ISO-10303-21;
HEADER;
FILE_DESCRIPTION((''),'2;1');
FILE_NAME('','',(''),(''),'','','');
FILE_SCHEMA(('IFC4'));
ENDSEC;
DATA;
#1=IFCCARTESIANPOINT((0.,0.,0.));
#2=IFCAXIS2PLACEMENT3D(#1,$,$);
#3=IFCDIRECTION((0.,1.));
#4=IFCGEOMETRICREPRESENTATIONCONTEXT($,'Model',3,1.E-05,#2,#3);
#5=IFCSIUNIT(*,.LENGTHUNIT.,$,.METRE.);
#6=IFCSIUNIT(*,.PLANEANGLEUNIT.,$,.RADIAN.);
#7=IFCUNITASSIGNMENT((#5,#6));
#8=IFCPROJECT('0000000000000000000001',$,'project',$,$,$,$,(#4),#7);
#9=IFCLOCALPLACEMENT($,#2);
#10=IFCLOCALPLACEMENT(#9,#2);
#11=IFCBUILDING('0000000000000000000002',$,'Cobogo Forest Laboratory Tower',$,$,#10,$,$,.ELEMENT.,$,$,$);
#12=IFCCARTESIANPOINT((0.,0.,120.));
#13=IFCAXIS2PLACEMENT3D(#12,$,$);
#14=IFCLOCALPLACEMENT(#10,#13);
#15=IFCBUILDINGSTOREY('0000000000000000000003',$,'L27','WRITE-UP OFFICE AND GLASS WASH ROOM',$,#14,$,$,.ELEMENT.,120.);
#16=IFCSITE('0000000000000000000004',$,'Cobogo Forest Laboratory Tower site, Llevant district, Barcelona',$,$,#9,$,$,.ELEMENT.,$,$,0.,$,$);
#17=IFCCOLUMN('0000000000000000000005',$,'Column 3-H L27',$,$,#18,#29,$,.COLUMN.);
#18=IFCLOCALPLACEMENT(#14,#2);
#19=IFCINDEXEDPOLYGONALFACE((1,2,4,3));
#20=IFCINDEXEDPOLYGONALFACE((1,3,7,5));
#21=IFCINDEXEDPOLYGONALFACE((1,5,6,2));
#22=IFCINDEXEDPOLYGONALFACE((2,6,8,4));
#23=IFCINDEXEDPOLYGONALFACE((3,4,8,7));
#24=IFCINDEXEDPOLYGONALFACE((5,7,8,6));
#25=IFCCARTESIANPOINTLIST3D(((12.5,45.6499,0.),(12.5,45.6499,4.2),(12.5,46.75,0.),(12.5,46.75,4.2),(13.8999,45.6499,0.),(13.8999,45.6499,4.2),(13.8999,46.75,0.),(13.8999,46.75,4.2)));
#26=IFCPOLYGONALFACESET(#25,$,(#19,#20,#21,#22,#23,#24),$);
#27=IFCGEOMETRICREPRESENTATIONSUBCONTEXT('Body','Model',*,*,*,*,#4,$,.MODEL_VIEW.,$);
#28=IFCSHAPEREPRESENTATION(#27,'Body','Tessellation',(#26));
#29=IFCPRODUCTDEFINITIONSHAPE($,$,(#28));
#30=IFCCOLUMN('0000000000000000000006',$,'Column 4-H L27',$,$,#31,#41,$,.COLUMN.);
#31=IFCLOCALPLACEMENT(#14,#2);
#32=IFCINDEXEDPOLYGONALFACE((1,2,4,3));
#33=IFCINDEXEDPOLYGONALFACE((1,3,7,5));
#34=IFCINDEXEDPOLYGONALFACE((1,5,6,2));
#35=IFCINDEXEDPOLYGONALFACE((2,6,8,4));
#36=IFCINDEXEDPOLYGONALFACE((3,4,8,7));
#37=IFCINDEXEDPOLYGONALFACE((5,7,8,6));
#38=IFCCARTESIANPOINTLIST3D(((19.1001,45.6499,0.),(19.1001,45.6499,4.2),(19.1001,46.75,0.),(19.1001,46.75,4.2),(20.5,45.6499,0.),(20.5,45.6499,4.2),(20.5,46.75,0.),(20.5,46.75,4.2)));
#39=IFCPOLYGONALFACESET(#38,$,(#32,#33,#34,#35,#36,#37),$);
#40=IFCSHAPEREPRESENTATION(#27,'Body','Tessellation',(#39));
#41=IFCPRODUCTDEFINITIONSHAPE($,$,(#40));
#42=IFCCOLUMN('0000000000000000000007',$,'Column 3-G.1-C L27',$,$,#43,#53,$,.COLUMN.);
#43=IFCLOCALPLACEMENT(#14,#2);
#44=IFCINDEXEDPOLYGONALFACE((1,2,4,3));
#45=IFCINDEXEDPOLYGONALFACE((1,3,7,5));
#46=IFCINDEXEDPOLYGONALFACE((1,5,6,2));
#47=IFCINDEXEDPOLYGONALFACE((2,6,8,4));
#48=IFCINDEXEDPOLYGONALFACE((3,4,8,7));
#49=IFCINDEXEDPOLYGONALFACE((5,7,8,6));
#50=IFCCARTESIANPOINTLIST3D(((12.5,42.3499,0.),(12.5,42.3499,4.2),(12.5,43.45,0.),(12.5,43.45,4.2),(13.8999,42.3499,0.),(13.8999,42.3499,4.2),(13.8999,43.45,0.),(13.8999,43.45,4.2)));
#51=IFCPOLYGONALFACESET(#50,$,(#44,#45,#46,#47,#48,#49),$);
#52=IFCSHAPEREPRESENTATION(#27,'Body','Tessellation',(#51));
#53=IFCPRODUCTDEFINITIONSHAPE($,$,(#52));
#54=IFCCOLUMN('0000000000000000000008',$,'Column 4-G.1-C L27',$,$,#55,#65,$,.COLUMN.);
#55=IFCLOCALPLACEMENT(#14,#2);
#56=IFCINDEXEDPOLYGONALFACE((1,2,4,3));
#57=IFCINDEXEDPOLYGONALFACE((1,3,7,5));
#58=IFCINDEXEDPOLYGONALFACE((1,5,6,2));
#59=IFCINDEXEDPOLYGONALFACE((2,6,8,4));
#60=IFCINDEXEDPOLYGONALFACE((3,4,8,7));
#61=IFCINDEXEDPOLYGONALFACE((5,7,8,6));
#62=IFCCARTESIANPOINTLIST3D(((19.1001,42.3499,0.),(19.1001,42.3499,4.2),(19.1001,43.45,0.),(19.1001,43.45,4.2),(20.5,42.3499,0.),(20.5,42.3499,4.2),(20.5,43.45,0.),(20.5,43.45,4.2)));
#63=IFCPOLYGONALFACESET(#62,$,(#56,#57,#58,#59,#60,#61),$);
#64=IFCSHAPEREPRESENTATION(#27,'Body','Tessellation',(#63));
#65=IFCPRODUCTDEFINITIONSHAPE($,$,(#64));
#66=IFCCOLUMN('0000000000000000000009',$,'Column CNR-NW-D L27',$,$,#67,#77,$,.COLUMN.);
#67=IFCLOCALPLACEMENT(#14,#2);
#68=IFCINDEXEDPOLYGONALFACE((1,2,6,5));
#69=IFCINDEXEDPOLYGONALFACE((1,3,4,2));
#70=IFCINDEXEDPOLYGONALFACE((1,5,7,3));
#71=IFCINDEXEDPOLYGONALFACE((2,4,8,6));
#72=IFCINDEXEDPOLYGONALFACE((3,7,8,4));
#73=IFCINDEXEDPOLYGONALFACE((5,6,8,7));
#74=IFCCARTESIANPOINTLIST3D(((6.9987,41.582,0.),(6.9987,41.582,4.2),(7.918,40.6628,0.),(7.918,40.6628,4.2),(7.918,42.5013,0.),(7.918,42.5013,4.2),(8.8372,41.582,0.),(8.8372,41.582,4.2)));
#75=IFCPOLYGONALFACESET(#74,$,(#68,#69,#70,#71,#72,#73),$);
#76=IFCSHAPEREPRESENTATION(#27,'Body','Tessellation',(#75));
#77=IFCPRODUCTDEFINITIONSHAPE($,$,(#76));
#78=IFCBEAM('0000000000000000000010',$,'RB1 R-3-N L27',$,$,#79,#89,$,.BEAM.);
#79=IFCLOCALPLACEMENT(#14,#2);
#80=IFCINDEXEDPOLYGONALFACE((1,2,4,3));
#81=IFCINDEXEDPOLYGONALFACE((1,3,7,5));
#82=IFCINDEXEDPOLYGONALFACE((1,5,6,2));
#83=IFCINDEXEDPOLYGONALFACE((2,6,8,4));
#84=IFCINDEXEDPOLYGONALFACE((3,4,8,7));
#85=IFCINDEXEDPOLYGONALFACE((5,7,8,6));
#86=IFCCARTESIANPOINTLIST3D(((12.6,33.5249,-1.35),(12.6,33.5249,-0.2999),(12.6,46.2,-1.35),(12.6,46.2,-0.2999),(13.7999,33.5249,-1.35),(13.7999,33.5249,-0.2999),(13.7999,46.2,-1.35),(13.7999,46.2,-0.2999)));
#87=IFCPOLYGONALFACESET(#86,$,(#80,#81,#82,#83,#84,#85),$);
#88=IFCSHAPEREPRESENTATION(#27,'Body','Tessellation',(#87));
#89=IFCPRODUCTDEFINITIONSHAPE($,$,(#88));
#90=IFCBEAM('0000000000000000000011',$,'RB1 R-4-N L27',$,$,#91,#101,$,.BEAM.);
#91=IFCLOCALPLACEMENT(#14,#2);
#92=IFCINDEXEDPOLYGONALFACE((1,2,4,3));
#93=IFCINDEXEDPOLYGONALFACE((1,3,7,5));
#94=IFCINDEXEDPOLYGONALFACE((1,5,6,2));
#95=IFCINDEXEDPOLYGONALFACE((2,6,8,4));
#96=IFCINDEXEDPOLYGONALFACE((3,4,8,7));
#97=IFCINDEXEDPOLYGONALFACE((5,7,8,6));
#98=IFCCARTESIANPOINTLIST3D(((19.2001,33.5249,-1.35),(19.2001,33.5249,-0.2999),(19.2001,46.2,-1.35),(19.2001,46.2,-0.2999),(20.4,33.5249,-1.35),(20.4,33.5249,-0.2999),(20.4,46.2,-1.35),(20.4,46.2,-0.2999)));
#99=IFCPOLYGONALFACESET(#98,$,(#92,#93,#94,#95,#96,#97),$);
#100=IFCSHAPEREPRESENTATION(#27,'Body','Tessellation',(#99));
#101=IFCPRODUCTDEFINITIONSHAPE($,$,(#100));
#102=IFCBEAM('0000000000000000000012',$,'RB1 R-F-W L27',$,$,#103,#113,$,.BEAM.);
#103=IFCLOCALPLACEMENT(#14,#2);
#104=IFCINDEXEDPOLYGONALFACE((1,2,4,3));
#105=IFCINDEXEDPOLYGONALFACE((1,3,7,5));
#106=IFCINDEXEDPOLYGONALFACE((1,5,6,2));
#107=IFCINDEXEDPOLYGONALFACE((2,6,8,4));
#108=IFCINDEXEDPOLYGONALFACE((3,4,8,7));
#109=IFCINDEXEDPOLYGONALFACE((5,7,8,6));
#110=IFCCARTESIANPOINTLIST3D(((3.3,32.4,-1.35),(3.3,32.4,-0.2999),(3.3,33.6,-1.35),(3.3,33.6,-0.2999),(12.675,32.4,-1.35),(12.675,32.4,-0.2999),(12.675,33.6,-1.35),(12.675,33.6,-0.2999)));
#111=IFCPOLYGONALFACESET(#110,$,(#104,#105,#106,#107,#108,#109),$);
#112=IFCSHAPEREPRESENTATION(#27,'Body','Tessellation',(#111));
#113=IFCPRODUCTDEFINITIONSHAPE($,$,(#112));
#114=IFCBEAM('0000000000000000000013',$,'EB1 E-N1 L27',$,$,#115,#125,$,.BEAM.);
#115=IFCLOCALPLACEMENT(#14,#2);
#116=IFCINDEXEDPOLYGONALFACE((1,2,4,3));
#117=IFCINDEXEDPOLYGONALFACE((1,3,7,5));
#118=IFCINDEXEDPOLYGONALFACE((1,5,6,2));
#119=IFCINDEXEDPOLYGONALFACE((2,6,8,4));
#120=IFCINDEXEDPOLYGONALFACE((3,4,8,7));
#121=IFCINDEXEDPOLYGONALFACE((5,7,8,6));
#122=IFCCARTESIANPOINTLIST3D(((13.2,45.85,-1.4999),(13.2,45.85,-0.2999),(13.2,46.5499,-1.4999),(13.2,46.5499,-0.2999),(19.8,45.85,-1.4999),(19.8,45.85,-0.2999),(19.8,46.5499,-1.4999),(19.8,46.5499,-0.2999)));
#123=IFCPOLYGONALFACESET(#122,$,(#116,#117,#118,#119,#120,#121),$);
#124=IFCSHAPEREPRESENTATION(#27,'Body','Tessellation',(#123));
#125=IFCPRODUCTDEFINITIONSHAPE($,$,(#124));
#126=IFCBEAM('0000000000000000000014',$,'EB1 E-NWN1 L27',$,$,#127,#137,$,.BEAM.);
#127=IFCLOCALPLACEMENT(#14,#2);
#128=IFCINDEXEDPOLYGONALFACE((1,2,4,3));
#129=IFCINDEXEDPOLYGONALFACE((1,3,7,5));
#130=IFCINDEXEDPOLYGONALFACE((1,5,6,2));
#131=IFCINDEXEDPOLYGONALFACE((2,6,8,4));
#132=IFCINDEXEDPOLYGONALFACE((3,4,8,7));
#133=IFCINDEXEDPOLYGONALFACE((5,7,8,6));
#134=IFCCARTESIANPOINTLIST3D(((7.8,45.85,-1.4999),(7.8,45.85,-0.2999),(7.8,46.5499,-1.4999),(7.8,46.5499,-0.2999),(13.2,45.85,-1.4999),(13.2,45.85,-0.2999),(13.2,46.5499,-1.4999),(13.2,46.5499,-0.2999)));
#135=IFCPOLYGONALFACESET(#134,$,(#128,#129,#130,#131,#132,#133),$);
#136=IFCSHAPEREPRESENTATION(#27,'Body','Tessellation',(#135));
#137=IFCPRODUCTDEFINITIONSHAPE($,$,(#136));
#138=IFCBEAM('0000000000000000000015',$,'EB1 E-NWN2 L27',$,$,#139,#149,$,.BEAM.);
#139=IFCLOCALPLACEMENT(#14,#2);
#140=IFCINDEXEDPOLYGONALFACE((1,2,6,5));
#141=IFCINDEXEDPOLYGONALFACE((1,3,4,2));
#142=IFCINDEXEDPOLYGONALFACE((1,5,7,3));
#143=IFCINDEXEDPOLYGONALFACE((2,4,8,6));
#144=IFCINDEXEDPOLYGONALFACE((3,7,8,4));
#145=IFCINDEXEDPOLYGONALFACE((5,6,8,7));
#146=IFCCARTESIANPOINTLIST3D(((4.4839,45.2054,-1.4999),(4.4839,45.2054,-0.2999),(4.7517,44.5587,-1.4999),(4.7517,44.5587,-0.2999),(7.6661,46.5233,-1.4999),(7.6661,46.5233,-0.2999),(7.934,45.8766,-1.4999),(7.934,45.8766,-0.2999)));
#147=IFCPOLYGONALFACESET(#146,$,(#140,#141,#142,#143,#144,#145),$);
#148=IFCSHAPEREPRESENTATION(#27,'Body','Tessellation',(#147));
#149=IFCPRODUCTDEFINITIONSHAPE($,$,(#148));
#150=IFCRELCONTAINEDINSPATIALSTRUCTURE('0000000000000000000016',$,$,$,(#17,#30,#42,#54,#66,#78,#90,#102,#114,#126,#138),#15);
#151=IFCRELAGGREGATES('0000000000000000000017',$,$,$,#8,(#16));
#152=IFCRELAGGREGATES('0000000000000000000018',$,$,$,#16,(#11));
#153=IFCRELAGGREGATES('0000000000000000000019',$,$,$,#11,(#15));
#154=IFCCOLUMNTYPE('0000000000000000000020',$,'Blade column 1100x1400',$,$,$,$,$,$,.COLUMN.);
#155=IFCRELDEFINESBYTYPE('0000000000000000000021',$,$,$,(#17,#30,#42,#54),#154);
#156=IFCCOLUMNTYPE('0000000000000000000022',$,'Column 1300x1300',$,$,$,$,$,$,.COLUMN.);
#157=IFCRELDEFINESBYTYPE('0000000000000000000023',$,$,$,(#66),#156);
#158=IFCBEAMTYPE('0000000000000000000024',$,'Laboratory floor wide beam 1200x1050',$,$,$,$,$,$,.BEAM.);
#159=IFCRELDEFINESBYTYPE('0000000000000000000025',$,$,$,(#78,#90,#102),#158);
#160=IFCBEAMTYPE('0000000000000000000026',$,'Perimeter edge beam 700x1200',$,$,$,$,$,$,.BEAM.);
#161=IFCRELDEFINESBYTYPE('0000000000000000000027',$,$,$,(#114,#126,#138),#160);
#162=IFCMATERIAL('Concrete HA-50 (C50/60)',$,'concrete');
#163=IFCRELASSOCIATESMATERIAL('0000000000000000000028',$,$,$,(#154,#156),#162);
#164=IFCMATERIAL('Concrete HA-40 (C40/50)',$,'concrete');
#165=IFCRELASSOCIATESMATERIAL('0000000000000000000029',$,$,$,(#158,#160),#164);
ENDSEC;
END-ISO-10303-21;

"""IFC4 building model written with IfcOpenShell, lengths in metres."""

from ifc_helpers import new_model, si_unit, direction, frame, origin, origin_2d, place, context, subcontext, project, spatial, rectangle, extrude, material, material_profile, profile_set, type_object, element, save


model = new_model("IFC4")

# Units and contexts
model_context = context("Model", 3, precision=1e-05, world=origin(), true_north=direction((0.0, 1.0)))
body_context = subcontext(model_context, "Body", "Model", "MODEL_VIEW")
ifc_project = project(units=[si_unit("LENGTHUNIT", "METRE"), si_unit("PLANEANGLEUNIT", "RADIAN")], contexts=[model_context])

# Site, building, storey
site_placement = place(None, origin())
site = spatial("IfcSite", under=ifc_project, at=site_placement, Name="Cobogo Forest Laboratory Tower site, Llevant district, Barcelona", CompositionType="ELEMENT", RefElevation=0.0)
building_placement = place(site_placement, origin())
building = spatial("IfcBuilding", under=site, at=building_placement, Name="Cobogo Forest Laboratory Tower", CompositionType="ELEMENT")
storey_placement = place(building_placement, frame((0.0, 0.0, 120.0)))
storey = spatial("IfcBuildingStorey", under=building, at=storey_placement, Name="L27", Description="WRITE-UP OFFICE AND GLASS WASH ROOM", CompositionType="ELEMENT", Elevation=120.0)

# Columns
ifc_material_1 = material(Name="Concrete HA-50 (C50/60)", Category="concrete")
ifc_material_profile_1 = material_profile(ifc_material_1, rectangle(XDim=1.3999, YDim=1.1001, at=origin_2d()), Name="RC 1100x1400")
ifc_profile_set_1 = profile_set([ifc_material_profile_1], Name="Concrete HA-50 (C50/60)")
column_type_1 = type_object("IfcColumnType", Name="Blade column 1100x1400", PredefinedType="COLUMN", material=ifc_profile_set_1)
for number, where, z_axis, x_axis, name in (
    (1, (13.2, 46.2, 0.0), (0.0, 0.0, 1.0), (1.0, 0.0, 0.0), "Column 3-H L27"),
    (2, (19.8, 46.2, 0.0), (0.0, 0.0, 1.0), (1.0, 0.0, 0.0), "Column 4-H L27"),
    (3, (13.2, 42.8999, 0.0), (0.0, 0.0, 1.0), (1.0, 0.0, 0.0), "Column 3-G.1-C L27"),
    (4, (19.8, 42.8999, 0.0), (0.0, 0.0, 1.0), (1.0, 0.0, 0.0), "Column 4-G.1-C L27"),
):
    element("IfcColumn", number, at=place(storey_placement, frame(where, z_axis=z_axis, x_axis=x_axis)), inside=storey, type_object=column_type_1, Name=name, PredefinedType="COLUMN", context=body_context, shape_type="SweptSolid", body=[
        extrude(rectangle(XDim=1.3999, YDim=1.1001, at=origin_2d()), origin(), (0.0, 0.0, 1.0), 4.2),
    ])
ifc_material_profile_2 = material_profile(ifc_material_1, rectangle(XDim=1.3, YDim=1.3, at=origin_2d()), Name="RC 1300x1300")
ifc_profile_set_2 = profile_set([ifc_material_profile_2], Name="Concrete HA-50 (C50/60)")
column_type_2 = type_object("IfcColumnType", Name="Column 1300x1300", PredefinedType="COLUMN", material=ifc_profile_set_2)
column_placement = place(storey_placement, frame((7.918, 41.582, 0.0), z_axis=(0.0, 0.0, 1.0), x_axis=(0.707107, 0.707107, 0.0)))
element("IfcColumn", 5, at=column_placement, inside=storey, type_object=column_type_2, Name="Column CNR-NW-D L27", PredefinedType="COLUMN", context=body_context, shape_type="SweptSolid", body=[
    extrude(rectangle(XDim=1.3, YDim=1.3, at=origin_2d()), origin(), (0.0, 0.0, 1.0), 4.2),
])

# Beams
ifc_material_2 = material(Name="Concrete HA-40 (C40/50)", Category="concrete")
ifc_material_profile_3 = material_profile(ifc_material_2, rectangle(XDim=1.2, YDim=1.05, at=origin_2d()), Name="RC 1200x1050")
ifc_profile_set_3 = profile_set([ifc_material_profile_3], Name="Concrete HA-40 (C40/50)")
beam_type_1 = type_object("IfcBeamType", Name="Laboratory floor wide beam 1200x1050", PredefinedType="BEAM", material=ifc_profile_set_3)
for number, where, z_axis, x_axis, name in (
    (6, (13.2, 33.5249, -0.825), (0.0, 1.0, 0.0), (-1.0, 0.0, 0.0), "RB1 R-3-N L27"),
    (7, (19.8, 33.5249, -0.825), (0.0, 1.0, 0.0), (-1.0, 0.0, 0.0), "RB1 R-4-N L27"),
):
    element("IfcBeam", number, at=place(storey_placement, frame(where, z_axis=z_axis, x_axis=x_axis)), inside=storey, type_object=beam_type_1, Name=name, PredefinedType="BEAM", context=body_context, shape_type="SweptSolid", body=[
        extrude(rectangle(XDim=1.2, YDim=1.05, at=origin_2d()), origin(), (0.0, 0.0, 1.0), 12.675),
    ])
beam_1_placement = place(storey_placement, frame((12.675, 33.0, -0.825), z_axis=(-1.0, 0.0, 0.0), x_axis=(0.0, -1.0, 0.0)))
element("IfcBeam", 8, at=beam_1_placement, inside=storey, type_object=beam_type_1, Name="RB1 R-F-W L27", PredefinedType="BEAM", context=body_context, shape_type="SweptSolid", body=[
    extrude(rectangle(XDim=1.2, YDim=1.05, at=origin_2d()), origin(), (0.0, 0.0, 1.0), 9.375),
])
ifc_material_profile_4 = material_profile(ifc_material_2, rectangle(XDim=0.7, YDim=1.2, at=origin_2d()), Name="RC 700x1200")
ifc_profile_set_4 = profile_set([ifc_material_profile_4], Name="Concrete HA-40 (C40/50)")
beam_type_2 = type_object("IfcBeamType", Name="Perimeter edge beam 700x1200", PredefinedType="BEAM", material=ifc_profile_set_4)
beam_2_placement = place(storey_placement, frame((13.2, 46.2, -0.8999), z_axis=(1.0, 0.0, 0.0), x_axis=(0.0, 1.0, 0.0)))
element("IfcBeam", 9, at=beam_2_placement, inside=storey, type_object=beam_type_2, Name="EB1 E-N1 L27", PredefinedType="BEAM", context=body_context, shape_type="SweptSolid", body=[
    extrude(rectangle(XDim=0.7, YDim=1.2, at=origin_2d()), origin(), (0.0, 0.0, 1.0), 6.6001),
])
beam_3_placement = place(storey_placement, frame((13.2, 46.2, -0.8999), z_axis=(-1.0, 0.0, 0.0), x_axis=(0.0, -1.0, 0.0)))
element("IfcBeam", 10, at=beam_3_placement, inside=storey, type_object=beam_type_2, Name="EB1 E-NWN1 L27", PredefinedType="BEAM", context=body_context, shape_type="SweptSolid", body=[
    extrude(rectangle(XDim=0.7, YDim=1.2, at=origin_2d()), origin(), (0.0, 0.0, 1.0), 5.3999),
])
beam_4_placement = place(storey_placement, frame((7.8, 46.2, -0.8999), z_axis=(-0.923901, -0.382631, 0.0), x_axis=(0.382631, -0.923901, 0.0)))
element("IfcBeam", 11, at=beam_4_placement, inside=storey, type_object=beam_type_2, Name="EB1 E-NWN2 L27", PredefinedType="BEAM", context=body_context, shape_type="SweptSolid", body=[
    extrude(rectangle(XDim=0.7, YDim=1.2, at=origin_2d()), origin(), (0.0, 0.0, 1.0), 3.4443),
])

save(model, "model.ifc")
